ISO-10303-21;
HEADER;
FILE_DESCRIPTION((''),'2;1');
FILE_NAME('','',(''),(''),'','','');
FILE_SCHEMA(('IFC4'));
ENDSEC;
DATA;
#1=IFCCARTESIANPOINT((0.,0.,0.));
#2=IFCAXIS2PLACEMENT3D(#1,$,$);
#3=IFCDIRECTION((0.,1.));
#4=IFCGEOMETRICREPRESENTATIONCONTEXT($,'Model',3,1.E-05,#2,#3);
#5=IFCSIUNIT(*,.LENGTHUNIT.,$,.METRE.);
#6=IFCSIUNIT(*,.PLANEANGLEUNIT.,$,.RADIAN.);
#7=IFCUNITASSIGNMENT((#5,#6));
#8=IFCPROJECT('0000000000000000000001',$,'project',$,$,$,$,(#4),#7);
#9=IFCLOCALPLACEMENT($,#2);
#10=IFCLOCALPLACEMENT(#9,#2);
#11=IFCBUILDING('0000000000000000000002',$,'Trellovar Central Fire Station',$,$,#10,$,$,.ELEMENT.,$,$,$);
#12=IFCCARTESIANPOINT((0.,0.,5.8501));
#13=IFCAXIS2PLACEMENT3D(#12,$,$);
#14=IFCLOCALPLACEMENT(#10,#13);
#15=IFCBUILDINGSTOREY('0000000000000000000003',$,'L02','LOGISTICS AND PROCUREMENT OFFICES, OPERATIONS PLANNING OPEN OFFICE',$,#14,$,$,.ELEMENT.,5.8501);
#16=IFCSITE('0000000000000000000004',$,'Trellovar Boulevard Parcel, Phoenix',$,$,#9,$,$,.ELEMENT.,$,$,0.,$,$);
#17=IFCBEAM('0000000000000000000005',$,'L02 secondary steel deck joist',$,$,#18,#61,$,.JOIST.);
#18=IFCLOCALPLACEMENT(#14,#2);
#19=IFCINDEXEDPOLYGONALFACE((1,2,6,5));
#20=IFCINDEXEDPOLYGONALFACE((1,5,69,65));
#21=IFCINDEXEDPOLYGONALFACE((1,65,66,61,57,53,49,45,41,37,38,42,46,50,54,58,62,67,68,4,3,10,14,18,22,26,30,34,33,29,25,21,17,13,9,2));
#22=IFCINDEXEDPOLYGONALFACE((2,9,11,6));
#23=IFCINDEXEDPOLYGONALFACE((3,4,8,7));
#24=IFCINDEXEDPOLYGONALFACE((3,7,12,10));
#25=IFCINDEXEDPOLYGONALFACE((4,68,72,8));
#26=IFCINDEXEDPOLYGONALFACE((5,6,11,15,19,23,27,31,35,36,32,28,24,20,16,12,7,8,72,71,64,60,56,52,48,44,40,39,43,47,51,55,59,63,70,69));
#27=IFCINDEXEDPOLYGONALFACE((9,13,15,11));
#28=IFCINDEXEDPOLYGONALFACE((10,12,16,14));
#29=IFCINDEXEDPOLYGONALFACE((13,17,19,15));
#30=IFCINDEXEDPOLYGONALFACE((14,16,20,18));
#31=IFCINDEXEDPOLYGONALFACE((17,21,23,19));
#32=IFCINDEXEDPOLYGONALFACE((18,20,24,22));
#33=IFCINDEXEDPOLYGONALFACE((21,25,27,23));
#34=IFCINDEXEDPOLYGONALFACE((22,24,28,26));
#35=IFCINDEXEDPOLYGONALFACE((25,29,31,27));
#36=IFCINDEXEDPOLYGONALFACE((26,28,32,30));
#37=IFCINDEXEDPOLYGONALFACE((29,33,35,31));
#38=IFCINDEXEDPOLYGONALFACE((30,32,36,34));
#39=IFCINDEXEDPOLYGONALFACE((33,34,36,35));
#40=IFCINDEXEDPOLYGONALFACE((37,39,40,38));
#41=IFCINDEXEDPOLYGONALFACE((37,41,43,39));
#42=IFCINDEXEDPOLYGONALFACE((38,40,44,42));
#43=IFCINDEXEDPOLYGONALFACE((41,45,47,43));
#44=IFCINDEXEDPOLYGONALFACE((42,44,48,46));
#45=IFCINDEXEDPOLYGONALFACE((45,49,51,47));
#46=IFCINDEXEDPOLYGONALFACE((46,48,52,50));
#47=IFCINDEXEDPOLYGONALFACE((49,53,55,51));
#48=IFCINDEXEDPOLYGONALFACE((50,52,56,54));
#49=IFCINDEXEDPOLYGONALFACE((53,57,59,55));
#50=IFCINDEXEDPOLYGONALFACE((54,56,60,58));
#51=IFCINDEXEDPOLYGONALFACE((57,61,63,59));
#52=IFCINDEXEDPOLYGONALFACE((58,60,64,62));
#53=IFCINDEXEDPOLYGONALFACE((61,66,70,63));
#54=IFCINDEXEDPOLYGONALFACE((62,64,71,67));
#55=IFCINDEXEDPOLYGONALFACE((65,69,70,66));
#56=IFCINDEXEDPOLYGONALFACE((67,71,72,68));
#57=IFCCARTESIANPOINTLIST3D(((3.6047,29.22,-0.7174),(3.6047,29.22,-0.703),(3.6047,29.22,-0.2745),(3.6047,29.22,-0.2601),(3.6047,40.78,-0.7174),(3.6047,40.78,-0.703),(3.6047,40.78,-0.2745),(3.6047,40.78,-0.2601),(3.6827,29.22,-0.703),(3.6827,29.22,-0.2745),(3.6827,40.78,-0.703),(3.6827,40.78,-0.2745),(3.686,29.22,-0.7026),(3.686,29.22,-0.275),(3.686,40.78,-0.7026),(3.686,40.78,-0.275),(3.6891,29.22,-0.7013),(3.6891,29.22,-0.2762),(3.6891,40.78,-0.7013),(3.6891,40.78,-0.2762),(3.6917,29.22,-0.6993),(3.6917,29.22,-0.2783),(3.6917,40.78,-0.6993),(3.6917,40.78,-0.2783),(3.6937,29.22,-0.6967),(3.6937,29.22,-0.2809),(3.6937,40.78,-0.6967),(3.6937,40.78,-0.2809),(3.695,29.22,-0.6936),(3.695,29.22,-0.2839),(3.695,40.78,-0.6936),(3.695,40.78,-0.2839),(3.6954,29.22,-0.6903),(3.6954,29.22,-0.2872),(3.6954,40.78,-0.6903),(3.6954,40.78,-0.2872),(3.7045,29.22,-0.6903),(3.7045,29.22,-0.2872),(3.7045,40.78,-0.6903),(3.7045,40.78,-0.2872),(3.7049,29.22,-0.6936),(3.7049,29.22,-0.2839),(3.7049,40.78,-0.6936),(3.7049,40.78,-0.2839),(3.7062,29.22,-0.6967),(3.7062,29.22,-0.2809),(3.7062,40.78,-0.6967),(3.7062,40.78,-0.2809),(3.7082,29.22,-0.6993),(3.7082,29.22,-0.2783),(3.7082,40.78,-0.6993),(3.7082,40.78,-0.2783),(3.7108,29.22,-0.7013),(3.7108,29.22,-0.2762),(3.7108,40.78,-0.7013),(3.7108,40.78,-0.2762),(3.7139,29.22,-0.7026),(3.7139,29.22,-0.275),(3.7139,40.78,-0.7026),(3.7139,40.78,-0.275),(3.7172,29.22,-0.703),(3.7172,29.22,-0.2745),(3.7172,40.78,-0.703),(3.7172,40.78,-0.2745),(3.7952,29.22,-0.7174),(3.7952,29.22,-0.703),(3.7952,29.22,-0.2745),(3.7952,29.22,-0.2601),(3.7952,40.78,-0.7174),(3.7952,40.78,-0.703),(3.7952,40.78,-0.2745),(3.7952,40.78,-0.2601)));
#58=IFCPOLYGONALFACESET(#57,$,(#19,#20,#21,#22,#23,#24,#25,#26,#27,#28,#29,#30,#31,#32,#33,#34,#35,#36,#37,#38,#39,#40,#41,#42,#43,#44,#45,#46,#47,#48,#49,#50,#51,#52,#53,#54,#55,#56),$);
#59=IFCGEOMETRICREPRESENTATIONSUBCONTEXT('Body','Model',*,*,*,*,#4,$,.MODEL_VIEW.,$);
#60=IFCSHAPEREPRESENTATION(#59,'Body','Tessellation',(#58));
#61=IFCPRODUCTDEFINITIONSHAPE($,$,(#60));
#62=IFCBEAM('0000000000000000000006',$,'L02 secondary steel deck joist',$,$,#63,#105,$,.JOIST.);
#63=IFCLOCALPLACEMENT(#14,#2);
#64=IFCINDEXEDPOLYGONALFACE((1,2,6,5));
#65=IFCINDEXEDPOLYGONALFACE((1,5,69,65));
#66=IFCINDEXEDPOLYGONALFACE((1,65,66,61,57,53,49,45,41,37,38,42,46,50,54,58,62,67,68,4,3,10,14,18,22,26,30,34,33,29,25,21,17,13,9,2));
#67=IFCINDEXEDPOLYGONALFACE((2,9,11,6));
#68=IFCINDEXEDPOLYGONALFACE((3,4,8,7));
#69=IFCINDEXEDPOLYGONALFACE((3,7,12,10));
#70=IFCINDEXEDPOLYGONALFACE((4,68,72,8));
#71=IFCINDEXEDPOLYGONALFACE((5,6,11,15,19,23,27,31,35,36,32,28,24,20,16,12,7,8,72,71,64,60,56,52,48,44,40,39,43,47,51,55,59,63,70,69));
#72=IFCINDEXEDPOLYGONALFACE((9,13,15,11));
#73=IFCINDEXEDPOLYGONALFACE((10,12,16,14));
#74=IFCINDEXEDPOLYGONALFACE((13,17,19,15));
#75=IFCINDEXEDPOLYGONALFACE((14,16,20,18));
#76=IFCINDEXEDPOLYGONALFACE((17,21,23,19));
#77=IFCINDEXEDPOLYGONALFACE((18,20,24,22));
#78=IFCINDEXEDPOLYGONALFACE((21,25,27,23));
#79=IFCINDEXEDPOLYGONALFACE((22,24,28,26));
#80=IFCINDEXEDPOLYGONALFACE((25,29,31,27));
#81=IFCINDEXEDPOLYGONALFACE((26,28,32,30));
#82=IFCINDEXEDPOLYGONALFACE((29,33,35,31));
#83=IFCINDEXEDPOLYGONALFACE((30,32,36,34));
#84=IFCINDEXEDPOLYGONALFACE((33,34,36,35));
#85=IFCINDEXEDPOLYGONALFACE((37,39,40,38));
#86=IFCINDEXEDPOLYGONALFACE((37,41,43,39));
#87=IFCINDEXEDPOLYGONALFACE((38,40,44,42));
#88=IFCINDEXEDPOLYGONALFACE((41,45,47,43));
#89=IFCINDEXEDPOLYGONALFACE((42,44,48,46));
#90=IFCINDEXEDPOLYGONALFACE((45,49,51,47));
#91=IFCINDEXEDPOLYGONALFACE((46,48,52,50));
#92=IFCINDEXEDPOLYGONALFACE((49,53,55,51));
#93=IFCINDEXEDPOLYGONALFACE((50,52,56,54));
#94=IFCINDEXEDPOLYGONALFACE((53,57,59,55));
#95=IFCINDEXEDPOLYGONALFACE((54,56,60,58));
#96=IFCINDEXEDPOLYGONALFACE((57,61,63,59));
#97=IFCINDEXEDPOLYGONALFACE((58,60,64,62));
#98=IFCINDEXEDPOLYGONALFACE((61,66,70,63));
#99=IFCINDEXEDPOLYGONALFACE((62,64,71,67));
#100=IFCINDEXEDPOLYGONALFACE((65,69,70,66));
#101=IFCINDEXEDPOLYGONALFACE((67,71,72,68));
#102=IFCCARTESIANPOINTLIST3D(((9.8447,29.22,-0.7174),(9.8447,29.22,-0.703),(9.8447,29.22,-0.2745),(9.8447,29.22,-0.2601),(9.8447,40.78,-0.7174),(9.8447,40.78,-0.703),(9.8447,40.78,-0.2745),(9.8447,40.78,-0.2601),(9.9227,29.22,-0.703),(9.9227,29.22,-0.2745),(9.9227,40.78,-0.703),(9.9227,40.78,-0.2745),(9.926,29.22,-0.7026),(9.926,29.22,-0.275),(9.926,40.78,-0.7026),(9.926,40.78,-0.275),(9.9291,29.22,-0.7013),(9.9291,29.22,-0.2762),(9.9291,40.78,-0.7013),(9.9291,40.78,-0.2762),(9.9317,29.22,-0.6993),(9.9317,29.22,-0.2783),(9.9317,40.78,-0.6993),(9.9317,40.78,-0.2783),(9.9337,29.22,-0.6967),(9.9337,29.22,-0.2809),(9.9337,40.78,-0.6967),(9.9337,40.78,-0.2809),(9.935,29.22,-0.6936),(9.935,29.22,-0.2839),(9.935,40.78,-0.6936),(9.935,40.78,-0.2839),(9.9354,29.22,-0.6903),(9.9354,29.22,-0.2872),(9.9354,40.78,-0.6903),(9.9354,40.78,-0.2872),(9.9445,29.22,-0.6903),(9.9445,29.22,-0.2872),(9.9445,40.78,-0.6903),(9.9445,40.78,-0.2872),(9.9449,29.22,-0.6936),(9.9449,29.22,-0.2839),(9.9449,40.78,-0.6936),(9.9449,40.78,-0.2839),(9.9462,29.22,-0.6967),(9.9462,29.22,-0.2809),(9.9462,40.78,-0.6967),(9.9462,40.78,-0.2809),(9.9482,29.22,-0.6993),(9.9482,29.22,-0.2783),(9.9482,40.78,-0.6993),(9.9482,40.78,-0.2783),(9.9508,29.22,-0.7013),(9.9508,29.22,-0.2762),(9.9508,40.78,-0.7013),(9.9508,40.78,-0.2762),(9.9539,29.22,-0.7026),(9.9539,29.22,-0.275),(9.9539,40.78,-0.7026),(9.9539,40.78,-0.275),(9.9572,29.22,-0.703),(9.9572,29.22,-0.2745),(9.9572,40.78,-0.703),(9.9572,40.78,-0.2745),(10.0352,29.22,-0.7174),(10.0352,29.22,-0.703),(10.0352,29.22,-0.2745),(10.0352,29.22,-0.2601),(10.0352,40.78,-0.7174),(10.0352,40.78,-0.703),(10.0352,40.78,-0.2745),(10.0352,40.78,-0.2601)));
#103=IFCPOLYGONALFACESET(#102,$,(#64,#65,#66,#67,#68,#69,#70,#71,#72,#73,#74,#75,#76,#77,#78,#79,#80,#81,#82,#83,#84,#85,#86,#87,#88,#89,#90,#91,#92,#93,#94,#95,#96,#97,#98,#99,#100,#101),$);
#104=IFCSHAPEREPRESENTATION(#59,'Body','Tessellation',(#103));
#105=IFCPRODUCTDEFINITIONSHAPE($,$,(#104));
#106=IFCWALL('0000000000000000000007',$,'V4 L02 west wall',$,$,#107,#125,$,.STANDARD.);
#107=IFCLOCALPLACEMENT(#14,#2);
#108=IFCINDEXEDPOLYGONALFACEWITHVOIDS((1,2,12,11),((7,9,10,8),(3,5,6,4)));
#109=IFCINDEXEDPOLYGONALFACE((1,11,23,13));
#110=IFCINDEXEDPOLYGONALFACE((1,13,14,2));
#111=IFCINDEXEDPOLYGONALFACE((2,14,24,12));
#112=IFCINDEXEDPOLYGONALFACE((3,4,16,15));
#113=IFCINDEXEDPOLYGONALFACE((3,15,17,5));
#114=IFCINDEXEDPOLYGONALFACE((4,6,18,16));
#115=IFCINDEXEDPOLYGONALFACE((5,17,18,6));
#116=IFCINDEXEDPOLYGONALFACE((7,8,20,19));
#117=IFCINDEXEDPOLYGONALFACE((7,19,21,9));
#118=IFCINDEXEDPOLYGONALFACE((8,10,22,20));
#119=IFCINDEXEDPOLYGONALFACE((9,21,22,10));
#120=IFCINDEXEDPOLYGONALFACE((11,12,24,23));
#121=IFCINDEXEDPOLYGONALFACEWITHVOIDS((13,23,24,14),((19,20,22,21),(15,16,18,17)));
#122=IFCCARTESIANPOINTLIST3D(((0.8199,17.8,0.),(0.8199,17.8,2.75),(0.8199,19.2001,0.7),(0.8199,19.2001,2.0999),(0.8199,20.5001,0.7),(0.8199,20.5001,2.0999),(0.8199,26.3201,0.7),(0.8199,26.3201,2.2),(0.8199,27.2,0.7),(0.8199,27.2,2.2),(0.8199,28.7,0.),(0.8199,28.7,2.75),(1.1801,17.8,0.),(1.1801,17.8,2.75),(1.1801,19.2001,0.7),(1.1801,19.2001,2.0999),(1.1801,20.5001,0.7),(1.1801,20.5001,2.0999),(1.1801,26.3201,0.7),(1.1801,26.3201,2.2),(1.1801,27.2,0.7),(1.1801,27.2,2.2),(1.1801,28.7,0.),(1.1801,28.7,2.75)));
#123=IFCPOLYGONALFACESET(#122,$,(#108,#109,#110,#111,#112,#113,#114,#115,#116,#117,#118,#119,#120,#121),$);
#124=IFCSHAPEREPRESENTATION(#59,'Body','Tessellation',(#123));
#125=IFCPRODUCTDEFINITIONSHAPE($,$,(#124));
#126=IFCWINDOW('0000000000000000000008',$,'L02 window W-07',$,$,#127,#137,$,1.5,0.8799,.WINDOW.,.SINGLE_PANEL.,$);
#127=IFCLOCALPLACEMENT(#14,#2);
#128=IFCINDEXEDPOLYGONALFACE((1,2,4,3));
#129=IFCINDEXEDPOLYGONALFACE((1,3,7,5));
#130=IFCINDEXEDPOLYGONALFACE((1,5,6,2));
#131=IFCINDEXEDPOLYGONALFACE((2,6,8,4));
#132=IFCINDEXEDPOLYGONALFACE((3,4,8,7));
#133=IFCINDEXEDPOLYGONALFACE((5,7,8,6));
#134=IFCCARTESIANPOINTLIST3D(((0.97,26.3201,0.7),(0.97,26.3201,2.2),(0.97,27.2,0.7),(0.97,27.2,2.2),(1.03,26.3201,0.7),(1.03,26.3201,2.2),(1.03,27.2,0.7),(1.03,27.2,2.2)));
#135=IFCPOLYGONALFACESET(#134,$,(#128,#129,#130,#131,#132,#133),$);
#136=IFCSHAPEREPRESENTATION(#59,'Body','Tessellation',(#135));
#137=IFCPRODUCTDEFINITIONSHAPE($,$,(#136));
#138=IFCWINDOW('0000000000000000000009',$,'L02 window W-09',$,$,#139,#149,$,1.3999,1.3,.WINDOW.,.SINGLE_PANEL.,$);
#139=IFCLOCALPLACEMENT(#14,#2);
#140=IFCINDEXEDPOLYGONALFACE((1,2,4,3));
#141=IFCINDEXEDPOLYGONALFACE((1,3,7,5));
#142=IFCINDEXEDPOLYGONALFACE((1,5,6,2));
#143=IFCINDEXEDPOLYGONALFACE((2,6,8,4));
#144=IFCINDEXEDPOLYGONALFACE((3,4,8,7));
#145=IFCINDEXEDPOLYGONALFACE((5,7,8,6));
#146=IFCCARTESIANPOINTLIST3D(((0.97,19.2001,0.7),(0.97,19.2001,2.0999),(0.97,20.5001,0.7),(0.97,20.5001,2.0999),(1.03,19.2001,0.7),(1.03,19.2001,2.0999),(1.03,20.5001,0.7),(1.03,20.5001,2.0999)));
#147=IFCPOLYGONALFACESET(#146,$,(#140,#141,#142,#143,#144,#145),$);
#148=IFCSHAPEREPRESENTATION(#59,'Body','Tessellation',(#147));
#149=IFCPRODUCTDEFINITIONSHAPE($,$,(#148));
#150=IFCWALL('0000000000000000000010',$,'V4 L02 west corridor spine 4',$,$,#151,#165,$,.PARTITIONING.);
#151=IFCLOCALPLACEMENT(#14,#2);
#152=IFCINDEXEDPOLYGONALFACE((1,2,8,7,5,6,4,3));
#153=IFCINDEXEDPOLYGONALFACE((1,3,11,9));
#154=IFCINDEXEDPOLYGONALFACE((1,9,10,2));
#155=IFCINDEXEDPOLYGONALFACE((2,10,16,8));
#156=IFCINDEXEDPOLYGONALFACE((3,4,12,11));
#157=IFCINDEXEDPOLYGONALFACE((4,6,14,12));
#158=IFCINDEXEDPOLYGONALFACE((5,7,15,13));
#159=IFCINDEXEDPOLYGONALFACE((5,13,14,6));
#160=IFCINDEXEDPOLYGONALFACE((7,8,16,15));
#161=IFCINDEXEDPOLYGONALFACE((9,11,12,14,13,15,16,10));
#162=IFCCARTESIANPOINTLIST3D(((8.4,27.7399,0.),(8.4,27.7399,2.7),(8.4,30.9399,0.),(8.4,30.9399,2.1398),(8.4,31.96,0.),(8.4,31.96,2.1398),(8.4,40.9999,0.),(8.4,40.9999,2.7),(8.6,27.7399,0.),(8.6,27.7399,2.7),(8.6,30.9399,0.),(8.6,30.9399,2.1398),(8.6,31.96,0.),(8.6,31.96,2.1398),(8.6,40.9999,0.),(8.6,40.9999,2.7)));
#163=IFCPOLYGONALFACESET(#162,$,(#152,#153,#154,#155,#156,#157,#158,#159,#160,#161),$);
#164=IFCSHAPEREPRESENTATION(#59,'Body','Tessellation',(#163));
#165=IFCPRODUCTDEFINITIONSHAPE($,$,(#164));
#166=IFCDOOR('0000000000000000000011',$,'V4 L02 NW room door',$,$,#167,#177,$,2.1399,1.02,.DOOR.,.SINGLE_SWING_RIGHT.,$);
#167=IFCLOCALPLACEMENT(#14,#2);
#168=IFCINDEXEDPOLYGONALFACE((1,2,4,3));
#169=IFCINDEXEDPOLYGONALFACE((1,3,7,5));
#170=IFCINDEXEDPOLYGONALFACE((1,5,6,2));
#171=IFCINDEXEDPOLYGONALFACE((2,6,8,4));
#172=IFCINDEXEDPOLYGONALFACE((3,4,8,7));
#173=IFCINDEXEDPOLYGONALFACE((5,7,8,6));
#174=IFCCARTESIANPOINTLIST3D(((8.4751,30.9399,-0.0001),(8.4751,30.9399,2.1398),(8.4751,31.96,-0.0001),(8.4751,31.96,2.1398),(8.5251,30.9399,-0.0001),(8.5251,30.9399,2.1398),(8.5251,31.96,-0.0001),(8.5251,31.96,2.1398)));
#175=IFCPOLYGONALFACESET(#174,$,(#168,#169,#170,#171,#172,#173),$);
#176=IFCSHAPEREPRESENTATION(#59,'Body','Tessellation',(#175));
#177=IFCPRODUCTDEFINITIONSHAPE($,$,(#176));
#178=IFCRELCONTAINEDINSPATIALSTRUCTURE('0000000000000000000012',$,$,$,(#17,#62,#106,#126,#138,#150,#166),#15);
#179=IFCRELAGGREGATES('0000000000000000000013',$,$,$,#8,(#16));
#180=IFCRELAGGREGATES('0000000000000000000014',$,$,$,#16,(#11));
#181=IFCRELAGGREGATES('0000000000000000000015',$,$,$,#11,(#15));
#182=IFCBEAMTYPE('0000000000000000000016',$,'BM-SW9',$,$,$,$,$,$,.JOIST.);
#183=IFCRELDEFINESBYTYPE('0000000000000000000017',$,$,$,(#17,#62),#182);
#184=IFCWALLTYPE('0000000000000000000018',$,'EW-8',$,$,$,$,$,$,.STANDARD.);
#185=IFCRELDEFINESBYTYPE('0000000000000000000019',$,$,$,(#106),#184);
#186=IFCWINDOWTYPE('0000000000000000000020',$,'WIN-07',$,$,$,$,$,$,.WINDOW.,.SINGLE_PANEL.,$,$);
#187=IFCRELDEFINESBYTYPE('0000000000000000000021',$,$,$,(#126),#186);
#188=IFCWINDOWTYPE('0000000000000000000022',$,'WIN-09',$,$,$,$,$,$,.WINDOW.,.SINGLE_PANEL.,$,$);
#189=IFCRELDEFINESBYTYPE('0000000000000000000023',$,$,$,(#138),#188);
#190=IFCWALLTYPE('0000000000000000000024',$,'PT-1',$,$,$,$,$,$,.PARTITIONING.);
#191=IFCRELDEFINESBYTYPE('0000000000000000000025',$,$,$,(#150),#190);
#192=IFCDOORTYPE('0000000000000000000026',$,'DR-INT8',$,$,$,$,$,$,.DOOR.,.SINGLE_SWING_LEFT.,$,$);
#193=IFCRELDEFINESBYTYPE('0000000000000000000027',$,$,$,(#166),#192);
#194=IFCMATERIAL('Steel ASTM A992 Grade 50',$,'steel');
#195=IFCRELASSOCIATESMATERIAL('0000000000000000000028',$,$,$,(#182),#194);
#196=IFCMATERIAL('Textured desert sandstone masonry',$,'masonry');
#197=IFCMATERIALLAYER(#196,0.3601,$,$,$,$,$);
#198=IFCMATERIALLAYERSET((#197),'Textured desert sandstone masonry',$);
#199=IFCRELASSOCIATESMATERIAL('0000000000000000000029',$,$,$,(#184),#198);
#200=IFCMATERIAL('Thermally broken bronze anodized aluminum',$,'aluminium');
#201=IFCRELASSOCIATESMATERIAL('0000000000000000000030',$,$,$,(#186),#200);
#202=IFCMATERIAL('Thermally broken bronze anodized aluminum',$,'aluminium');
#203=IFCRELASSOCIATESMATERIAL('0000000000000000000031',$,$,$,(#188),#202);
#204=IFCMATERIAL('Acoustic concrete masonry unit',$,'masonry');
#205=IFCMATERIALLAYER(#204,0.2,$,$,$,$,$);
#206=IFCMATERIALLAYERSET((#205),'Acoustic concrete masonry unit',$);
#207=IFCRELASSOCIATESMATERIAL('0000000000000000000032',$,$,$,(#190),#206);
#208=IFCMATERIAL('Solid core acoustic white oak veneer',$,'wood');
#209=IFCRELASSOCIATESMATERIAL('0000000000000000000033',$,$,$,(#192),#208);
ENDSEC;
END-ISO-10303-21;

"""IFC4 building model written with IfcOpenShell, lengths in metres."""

from ifc_helpers import new_model, si_unit, direction, frame, frame_2d, origin, origin_2d, place, context, subcontext, project, spatial, rectangle, i_section, extrude, material, layer, layer_set, material_profile, profile_set, type_object, element, fill, save


model = new_model("IFC4")

# Units and contexts
model_context = context("Model", 3, precision=1e-05, world=origin(), true_north=direction((0.0, 1.0)))
body_context = subcontext(model_context, "Body", "Model", "MODEL_VIEW")
ifc_project = project(units=[si_unit("LENGTHUNIT", "METRE"), si_unit("PLANEANGLEUNIT", "RADIAN")], contexts=[model_context])

# Site, building, storey
site_placement = place(None, origin())
site = spatial("IfcSite", under=ifc_project, at=site_placement, Name="Trellovar Boulevard Parcel, Phoenix", CompositionType="ELEMENT", RefElevation=0.0)
building_placement = place(site_placement, origin())
building = spatial("IfcBuilding", under=site, at=building_placement, Name="Trellovar Central Fire Station", CompositionType="ELEMENT")
storey_placement = place(building_placement, frame((0.0, 0.0, 5.8501)))
storey = spatial("IfcBuildingStorey", under=building, at=storey_placement, Name="L02", Description="LOGISTICS AND PROCUREMENT OFFICES, OPERATIONS PLANNING OPEN OFFICE", CompositionType="ELEMENT", Elevation=5.8501)

# Beams
ifc_material_1 = material(Name="Steel ASTM A992 Grade 50", Category="steel")
ifc_material_profile_1 = material_profile(ifc_material_1, i_section(OverallWidth=0.1904, OverallDepth=0.4573, WebThickness=0.009, FlangeThickness=0.0144, FilletRadius=0.0127, at=origin_2d()), Name="W18X50")
ifc_profile_set_1 = profile_set([ifc_material_profile_1], Name="Steel ASTM A992 Grade 50")
beam_type_1 = type_object("IfcBeamType", Name="BM-SW9", PredefinedType="JOIST", material=ifc_profile_set_1)
for number, where, z_axis, x_axis, name in (
    (1, (3.7, 29.22, -0.4888), (0.0, 1.0, 0.0), (-1.0, 0.0, 0.0), "L02 secondary steel deck joist"),
    (2, (9.9399, 29.22, -0.4888), (0.0, 1.0, 0.0), (-1.0, 0.0, 0.0), "L02 secondary steel deck joist"),
):
    element("IfcBeam", number, at=place(storey_placement, frame(where, z_axis=z_axis, x_axis=x_axis)), inside=storey, type_object=beam_type_1, Name=name, PredefinedType="JOIST", context=body_context, shape_type="SweptSolid", body=[
        extrude(i_section(OverallWidth=0.1904, OverallDepth=0.4573, WebThickness=0.009, FlangeThickness=0.0144, FilletRadius=0.0127, at=origin_2d()), origin(), (0.0, 0.0, 1.0), 11.5601),
    ])

# Wall, openings, windows
ifc_material_2 = material(Name="Textured desert sandstone masonry", Category="masonry")
ifc_layer_1 = layer(ifc_material_2, 0.3601)
ifc_layer_set_1 = layer_set([ifc_layer_1], Name="Textured desert sandstone masonry")
wall_type_1 = type_object("IfcWallType", Name="EW-8", PredefinedType="STANDARD", material=ifc_layer_set_1)
wall_1_placement = place(storey_placement, frame((1.0, 28.7, 0.0), z_axis=(0.0, 0.0, 1.0), x_axis=(0.0, -1.0, 0.0)))
wall_1 = element("IfcWall", 3, at=wall_1_placement, inside=storey, type_object=wall_type_1, Name="V4 L02 west wall", PredefinedType="STANDARD", context=body_context, shape_type="SweptSolid", body=[
    extrude(rectangle(XDim=10.8999, YDim=0.3601, at=frame_2d((5.45, 0.0))), origin(), (0.0, 0.0, 1.0), 2.75),
])
opening_1_placement = place(wall_1_placement, frame((1.5, 0.0, 0.7)))
opening_1 = element("IfcOpeningElement", 4, at=opening_1_placement, cuts=wall_1, PredefinedType="OPENING", context=body_context, shape_type="SweptSolid", body=[
    extrude(rectangle(XDim=0.8799, YDim=1.5, at=frame_2d((0.4399, 0.75))), frame((0.0, 0.1899, 0.0), z_axis=(0.0, -1.0, 0.0), x_axis=(1.0, 0.0, 0.0)), (0.0, 0.0, 1.0), 0.3801),
])
opening_2_placement = place(wall_1_placement, frame((8.2, 0.0, 0.7)))
opening_2 = element("IfcOpeningElement", 5, at=opening_2_placement, cuts=wall_1, PredefinedType="OPENING", context=body_context, shape_type="SweptSolid", body=[
    extrude(rectangle(XDim=1.3, YDim=1.3999, at=frame_2d((0.6499, 0.7))), frame((0.0, 0.1899, 0.0), z_axis=(0.0, -1.0, 0.0), x_axis=(1.0, 0.0, 0.0)), (0.0, 0.0, 1.0), 0.3801),
])
ifc_material_3 = material(Name="Thermally broken bronze anodized aluminum", Category="aluminium")
window_type_1 = type_object("IfcWindowType", Name="WIN-07", PartitioningType="SINGLE_PANEL", PredefinedType="WINDOW", material=ifc_material_3)
window_1_placement = place(opening_1_placement, origin())
window_1 = element("IfcWindow", 6, at=window_1_placement, inside=storey, type_object=window_type_1, Name="L02 window W-07", OverallHeight=1.5, OverallWidth=0.8799, PartitioningType="SINGLE_PANEL", PredefinedType="WINDOW", context=body_context, shape_type="SweptSolid", body=[
    extrude(rectangle(XDim=0.8799, YDim=1.5, at=frame_2d((0.4399, 0.75))), frame((0.0, 0.03, 0.0), z_axis=(0.0, -1.0, 0.0), x_axis=(1.0, 0.0, 0.0)), (0.0, 0.0, 1.0), 0.0601),
])
fill(opening_1, window_1)
ifc_material_4 = material(Name="Thermally broken bronze anodized aluminum", Category="aluminium")
window_type_2 = type_object("IfcWindowType", Name="WIN-09", PartitioningType="SINGLE_PANEL", PredefinedType="WINDOW", material=ifc_material_4)
window_2_placement = place(opening_2_placement, origin())
window_2 = element("IfcWindow", 7, at=window_2_placement, inside=storey, type_object=window_type_2, Name="L02 window W-09", OverallHeight=1.3999, OverallWidth=1.3, PartitioningType="SINGLE_PANEL", PredefinedType="WINDOW", context=body_context, shape_type="SweptSolid", body=[
    extrude(rectangle(XDim=1.3, YDim=1.3999, at=frame_2d((0.6499, 0.7))), frame((0.0, 0.03, 0.0), z_axis=(0.0, -1.0, 0.0), x_axis=(1.0, 0.0, 0.0)), (0.0, 0.0, 1.0), 0.0601),
])
fill(opening_2, window_2)

# Wall, opening, door
ifc_material_5 = material(Name="Acoustic concrete masonry unit", Category="masonry")
ifc_layer_2 = layer(ifc_material_5, 0.2)
ifc_layer_set_2 = layer_set([ifc_layer_2], Name="Acoustic concrete masonry unit")
wall_type_2 = type_object("IfcWallType", Name="PT-1", PredefinedType="PARTITIONING", material=ifc_layer_set_2)
wall_2_placement = place(storey_placement, frame((8.5, 27.74, 0.0), z_axis=(0.0, 0.0, 1.0), x_axis=(0.0, 1.0, 0.0)))
wall_2 = element("IfcWall", 8, at=wall_2_placement, inside=storey, type_object=wall_type_2, Name="V4 L02 west corridor spine 4", PredefinedType="PARTITIONING", context=body_context, shape_type="SweptSolid", body=[
    extrude(rectangle(XDim=13.26, YDim=0.2, at=frame_2d((6.6299, 0.0))), origin(), (0.0, 0.0, 1.0), 2.7),
])
opening_3_placement = place(wall_2_placement, frame((3.2, 0.0, 0.0)))
opening_3 = element("IfcOpeningElement", 9, at=opening_3_placement, cuts=wall_2, PredefinedType="OPENING", context=body_context, shape_type="SweptSolid", body=[
    extrude(rectangle(XDim=1.02, YDim=2.1399, at=frame_2d((0.51, 1.0698))), frame((0.0, 0.1099, 0.0), z_axis=(0.0, -1.0, 0.0), x_axis=(1.0, 0.0, 0.0)), (0.0, 0.0, 1.0), 0.22),
])
ifc_material_6 = material(Name="Solid core acoustic white oak veneer", Category="wood")
door_type_1 = type_object("IfcDoorType", Name="DR-INT8", OperationType="SINGLE_SWING_LEFT", PredefinedType="DOOR", material=ifc_material_6)
door_1_placement = place(opening_3_placement, origin())
door_1 = element("IfcDoor", 10, at=door_1_placement, inside=storey, type_object=door_type_1, Name="V4 L02 NW room door", OperationType="SINGLE_SWING_RIGHT", OverallHeight=2.1399, OverallWidth=1.02, PredefinedType="DOOR", context=body_context, shape_type="SweptSolid", body=[
    extrude(rectangle(XDim=1.02, YDim=2.1399, at=frame_2d((0.51, 1.0698))), frame((0.0, 0.0249, 0.0), z_axis=(0.0, -1.0, 0.0), x_axis=(1.0, 0.0, 0.0)), (0.0, 0.0, 1.0), 0.05),
])
fill(opening_3, door_1)

save(model, "model.ifc")
